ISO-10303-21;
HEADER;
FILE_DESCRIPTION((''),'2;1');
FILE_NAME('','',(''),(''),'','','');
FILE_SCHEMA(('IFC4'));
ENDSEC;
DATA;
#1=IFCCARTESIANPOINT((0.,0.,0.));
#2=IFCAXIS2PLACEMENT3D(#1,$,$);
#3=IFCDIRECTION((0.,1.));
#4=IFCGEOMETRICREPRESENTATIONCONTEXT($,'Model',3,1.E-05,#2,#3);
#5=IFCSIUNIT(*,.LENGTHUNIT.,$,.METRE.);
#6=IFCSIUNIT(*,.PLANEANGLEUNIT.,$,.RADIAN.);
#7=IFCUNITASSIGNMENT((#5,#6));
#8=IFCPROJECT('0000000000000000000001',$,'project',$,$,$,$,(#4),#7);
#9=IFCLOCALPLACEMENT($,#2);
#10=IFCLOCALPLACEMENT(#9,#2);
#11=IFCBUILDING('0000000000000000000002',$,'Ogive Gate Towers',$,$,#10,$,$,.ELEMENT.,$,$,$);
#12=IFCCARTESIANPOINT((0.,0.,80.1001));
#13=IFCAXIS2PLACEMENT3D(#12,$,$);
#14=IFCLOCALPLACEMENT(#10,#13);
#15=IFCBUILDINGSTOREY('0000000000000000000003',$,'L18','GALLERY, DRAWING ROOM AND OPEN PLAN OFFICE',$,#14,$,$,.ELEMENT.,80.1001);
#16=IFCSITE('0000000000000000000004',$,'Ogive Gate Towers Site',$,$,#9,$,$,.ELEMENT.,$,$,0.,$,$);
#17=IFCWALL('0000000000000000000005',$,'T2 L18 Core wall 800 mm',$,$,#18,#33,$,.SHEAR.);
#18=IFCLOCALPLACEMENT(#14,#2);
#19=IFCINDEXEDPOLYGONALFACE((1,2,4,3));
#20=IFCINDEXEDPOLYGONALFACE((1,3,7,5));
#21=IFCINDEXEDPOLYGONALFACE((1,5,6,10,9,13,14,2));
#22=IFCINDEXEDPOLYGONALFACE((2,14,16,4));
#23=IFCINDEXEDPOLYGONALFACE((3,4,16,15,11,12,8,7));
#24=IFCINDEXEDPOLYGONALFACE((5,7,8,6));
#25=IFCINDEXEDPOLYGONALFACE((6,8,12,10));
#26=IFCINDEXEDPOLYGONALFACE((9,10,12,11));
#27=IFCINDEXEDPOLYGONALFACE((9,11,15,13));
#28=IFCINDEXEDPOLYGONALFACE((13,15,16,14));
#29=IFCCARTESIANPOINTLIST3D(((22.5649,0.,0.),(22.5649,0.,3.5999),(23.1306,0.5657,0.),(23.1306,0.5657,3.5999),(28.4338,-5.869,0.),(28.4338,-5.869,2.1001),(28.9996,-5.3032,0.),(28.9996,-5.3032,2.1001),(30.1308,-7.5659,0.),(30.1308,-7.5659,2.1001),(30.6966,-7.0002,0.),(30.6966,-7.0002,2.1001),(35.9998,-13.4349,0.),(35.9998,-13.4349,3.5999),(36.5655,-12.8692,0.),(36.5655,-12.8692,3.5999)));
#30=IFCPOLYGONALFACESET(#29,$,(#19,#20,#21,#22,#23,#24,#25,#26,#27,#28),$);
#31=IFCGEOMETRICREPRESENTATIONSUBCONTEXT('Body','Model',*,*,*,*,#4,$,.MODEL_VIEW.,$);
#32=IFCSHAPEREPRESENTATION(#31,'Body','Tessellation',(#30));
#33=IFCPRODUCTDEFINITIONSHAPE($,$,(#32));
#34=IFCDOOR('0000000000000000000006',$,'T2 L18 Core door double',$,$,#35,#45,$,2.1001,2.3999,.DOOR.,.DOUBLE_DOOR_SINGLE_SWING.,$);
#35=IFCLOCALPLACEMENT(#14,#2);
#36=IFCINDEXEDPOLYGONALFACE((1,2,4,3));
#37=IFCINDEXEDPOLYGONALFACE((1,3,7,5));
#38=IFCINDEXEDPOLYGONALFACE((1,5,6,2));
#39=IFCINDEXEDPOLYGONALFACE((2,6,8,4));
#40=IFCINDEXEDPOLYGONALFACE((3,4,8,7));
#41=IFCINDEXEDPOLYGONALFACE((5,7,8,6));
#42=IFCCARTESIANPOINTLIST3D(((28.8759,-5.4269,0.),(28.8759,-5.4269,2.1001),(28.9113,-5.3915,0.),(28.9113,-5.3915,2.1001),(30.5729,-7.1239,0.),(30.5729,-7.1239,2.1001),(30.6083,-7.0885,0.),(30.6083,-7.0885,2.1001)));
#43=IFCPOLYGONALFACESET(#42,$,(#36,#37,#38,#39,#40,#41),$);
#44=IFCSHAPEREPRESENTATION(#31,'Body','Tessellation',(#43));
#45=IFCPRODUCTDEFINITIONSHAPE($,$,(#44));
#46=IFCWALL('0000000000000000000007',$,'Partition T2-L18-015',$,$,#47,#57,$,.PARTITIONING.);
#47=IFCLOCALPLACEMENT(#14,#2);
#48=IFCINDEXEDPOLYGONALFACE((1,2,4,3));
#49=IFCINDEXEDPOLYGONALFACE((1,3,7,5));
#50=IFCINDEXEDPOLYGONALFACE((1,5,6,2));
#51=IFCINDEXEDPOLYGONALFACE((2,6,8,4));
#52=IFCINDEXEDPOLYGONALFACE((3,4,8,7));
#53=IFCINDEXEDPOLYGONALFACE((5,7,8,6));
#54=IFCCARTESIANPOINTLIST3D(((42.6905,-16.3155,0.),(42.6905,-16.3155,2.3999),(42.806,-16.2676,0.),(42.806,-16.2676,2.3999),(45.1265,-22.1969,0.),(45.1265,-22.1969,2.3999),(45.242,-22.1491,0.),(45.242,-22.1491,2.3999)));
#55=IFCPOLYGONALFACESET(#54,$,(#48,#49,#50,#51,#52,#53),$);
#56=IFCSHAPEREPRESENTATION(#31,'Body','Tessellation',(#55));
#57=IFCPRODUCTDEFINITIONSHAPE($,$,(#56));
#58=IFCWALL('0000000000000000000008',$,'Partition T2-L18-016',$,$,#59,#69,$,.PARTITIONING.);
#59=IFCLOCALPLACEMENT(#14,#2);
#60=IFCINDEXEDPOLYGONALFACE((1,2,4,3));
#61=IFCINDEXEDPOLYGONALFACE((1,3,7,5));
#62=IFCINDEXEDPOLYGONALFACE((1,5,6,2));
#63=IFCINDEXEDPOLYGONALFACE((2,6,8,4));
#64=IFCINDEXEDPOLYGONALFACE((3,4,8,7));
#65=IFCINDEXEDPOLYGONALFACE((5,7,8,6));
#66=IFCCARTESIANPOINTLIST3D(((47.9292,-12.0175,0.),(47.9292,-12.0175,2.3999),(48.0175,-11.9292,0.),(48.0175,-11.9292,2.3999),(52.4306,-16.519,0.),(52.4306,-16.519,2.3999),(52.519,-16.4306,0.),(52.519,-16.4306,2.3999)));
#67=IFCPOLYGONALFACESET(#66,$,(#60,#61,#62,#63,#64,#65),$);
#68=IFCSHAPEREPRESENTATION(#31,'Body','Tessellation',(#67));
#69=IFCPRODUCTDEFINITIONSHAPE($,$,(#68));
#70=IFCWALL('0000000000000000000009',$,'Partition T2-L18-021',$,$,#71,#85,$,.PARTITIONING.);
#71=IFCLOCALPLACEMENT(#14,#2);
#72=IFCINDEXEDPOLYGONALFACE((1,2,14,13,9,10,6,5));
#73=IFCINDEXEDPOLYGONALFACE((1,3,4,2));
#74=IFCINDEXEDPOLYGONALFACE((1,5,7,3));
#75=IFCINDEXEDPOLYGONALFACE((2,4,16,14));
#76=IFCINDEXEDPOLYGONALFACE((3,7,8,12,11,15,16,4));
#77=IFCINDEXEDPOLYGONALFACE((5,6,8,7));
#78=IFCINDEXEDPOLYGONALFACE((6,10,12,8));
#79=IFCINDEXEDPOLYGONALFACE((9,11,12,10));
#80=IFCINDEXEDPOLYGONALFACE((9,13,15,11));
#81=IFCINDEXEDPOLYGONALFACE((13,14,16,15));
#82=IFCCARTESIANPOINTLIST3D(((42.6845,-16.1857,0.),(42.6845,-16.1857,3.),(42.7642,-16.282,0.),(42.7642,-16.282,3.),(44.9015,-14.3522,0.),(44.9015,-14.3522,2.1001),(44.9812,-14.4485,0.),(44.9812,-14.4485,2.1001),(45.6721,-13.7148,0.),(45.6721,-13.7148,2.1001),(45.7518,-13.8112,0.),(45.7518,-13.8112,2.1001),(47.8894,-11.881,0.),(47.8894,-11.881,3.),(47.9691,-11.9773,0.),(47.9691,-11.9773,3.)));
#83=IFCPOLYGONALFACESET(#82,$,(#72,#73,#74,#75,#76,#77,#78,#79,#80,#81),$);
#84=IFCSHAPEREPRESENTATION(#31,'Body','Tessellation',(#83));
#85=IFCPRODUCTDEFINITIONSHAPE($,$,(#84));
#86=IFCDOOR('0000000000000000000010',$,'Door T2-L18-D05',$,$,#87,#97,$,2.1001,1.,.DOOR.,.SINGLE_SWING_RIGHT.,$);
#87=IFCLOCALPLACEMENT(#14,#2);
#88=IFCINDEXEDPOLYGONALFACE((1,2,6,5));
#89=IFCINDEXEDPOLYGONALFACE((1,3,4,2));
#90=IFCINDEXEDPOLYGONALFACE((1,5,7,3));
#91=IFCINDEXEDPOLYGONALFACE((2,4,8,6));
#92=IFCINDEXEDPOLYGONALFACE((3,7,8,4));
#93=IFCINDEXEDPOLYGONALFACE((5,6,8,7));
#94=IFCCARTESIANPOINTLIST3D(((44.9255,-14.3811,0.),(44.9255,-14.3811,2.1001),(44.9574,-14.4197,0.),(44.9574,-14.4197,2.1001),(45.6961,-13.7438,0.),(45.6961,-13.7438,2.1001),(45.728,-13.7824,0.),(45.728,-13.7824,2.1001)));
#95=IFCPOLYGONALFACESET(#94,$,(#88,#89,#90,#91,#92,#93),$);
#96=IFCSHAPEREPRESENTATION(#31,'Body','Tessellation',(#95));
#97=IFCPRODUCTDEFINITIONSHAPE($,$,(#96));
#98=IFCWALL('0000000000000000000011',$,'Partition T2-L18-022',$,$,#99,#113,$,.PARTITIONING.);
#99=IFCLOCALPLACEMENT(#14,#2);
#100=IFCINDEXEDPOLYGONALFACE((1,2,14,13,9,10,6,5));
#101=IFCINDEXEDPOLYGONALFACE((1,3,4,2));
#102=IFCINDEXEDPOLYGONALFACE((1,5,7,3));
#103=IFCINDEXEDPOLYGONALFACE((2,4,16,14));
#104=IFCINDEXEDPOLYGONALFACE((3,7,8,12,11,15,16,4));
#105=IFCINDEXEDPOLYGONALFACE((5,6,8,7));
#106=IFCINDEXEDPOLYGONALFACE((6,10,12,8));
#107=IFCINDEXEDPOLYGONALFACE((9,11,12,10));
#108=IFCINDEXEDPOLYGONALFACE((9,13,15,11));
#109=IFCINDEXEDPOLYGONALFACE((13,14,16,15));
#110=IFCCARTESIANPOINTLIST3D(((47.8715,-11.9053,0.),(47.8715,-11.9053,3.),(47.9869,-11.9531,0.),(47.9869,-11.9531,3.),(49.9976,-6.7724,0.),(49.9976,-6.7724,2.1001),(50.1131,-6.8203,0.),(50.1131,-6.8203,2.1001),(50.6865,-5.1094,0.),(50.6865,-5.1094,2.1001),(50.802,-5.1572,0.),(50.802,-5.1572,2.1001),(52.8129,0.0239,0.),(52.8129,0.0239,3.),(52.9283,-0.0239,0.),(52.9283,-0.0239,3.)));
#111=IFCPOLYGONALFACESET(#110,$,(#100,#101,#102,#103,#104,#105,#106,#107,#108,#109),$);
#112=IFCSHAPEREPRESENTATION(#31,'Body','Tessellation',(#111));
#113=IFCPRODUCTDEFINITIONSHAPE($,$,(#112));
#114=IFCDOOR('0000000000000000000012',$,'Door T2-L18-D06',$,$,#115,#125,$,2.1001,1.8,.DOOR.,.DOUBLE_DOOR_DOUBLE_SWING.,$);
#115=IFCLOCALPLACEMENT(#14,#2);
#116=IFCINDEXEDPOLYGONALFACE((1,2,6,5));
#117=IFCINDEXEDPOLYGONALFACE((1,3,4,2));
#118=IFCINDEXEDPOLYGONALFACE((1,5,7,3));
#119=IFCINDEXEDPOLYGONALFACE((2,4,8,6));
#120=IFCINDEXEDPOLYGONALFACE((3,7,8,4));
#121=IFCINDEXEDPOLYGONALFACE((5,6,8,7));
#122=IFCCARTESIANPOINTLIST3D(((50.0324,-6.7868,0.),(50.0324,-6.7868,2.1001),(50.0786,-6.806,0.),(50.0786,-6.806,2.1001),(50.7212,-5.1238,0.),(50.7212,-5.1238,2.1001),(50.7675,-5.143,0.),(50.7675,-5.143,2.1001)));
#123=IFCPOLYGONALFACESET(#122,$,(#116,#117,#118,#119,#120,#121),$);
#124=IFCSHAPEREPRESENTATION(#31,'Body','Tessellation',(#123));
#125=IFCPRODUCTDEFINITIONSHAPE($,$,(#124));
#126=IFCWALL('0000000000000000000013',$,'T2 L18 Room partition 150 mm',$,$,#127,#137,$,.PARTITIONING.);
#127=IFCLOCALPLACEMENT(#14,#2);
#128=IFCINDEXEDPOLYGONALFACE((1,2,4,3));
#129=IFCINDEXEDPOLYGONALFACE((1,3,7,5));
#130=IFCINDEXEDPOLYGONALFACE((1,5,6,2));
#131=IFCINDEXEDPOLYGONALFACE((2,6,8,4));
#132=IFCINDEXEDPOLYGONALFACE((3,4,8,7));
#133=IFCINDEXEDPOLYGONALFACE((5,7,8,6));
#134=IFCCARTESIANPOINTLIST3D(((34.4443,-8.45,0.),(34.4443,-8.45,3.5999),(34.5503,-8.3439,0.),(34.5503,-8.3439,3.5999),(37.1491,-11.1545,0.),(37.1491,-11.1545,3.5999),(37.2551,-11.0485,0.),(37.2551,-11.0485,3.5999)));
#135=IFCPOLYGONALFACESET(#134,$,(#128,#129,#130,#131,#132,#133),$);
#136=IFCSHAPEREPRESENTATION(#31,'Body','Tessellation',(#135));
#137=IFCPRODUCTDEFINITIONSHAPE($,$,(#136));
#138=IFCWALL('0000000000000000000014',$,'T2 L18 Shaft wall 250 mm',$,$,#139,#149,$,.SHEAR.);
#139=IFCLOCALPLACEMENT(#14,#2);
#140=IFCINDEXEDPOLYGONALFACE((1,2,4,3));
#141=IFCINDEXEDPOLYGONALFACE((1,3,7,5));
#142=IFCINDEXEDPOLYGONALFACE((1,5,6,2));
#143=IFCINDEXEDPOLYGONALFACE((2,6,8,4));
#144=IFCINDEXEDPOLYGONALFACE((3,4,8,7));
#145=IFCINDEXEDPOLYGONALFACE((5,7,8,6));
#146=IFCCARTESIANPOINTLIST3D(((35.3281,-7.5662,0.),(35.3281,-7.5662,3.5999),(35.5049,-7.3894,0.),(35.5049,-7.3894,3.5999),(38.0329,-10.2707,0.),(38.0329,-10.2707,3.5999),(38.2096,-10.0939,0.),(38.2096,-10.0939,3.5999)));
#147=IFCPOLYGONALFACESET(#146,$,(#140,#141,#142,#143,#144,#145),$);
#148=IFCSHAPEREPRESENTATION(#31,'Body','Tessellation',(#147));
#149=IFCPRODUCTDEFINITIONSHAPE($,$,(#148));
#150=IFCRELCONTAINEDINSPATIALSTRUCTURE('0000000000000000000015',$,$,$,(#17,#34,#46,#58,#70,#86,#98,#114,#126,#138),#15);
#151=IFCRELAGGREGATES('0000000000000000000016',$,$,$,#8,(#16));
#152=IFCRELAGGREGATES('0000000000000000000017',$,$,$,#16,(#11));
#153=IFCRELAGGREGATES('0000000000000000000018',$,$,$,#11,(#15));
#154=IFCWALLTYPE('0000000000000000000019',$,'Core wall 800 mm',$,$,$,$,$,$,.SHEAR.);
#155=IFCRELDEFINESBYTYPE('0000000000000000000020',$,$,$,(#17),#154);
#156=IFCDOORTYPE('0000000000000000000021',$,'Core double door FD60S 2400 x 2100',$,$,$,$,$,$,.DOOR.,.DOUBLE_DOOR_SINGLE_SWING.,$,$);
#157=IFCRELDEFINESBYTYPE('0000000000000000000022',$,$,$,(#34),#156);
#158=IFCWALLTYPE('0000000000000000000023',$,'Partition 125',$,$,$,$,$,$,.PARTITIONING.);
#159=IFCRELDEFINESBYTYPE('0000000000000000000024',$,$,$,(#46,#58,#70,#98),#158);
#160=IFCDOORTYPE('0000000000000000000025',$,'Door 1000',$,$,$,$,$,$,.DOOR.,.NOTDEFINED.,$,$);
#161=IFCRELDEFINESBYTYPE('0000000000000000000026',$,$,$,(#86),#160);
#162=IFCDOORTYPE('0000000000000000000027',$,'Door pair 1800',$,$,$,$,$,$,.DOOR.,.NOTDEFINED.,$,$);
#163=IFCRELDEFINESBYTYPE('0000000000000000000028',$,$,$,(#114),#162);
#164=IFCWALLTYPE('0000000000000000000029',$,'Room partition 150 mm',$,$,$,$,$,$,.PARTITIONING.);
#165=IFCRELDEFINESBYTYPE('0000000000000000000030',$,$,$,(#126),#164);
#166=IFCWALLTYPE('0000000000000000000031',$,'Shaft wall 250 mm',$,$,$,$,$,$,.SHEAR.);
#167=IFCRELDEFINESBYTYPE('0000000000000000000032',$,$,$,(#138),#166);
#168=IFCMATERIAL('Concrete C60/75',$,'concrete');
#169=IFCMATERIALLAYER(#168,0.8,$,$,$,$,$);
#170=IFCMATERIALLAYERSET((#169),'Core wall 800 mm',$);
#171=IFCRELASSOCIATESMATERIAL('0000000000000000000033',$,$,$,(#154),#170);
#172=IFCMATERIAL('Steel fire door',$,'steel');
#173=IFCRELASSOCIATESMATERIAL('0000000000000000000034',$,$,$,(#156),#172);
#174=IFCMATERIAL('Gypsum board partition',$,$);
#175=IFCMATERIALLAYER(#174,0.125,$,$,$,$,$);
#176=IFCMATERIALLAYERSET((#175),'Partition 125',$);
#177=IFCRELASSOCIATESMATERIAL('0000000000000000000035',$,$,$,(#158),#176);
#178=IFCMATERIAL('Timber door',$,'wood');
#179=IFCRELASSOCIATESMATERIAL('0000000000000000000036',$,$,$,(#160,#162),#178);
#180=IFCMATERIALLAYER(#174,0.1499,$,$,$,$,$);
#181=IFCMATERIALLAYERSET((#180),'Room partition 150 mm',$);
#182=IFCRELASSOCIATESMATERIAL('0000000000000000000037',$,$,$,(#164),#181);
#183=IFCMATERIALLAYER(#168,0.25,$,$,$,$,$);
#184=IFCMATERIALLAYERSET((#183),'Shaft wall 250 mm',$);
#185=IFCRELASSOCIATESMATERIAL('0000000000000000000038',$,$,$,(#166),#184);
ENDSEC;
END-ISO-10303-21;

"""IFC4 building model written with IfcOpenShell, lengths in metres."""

from ifc_helpers import new_model, si_unit, direction, frame, frame_2d, origin, place, context, subcontext, project, spatial, rectangle, extrude, material, layer, layer_set, type_object, element, fill, save


model = new_model("IFC4")

# Units and contexts
model_context = context("Model", 3, precision=1e-05, world=origin(), true_north=direction((0.0, 1.0)))
body_context = subcontext(model_context, "Body", "Model", "MODEL_VIEW")
ifc_project = project(units=[si_unit("LENGTHUNIT", "METRE"), si_unit("PLANEANGLEUNIT", "RADIAN")], contexts=[model_context])

# Site, building, storey
site_placement = place(None, origin())
site = spatial("IfcSite", under=ifc_project, at=site_placement, Name="Ogive Gate Towers Site", CompositionType="ELEMENT", RefElevation=0.0)
building_placement = place(site_placement, origin())
building = spatial("IfcBuilding", under=site, at=building_placement, Name="Ogive Gate Towers", CompositionType="ELEMENT")
storey_placement = place(building_placement, frame((0.0, 0.0, 80.1001)))
storey = spatial("IfcBuildingStorey", under=building, at=storey_placement, Name="L18", Description="GALLERY, DRAWING ROOM AND OPEN PLAN OFFICE", CompositionType="ELEMENT", Elevation=80.1001)

# Shared definitions
ifc_material_1 = material(Name="Concrete C60/75", Category="concrete")
ifc_layer_1 = layer(ifc_material_1, 0.8)
ifc_layer_set_1 = layer_set([ifc_layer_1], Name="Core wall 800 mm")
wall_type_1 = type_object("IfcWallType", Name="Core wall 800 mm", PredefinedType="SHEAR", material=ifc_layer_set_1)
ifc_material_2 = material(Name="Timber door", Category="wood")
ifc_material_3 = material(Name="Steel fire door", Category="steel")

# Wall, opening, door
wall_1_placement = place(storey_placement, frame((36.2827, -13.1521, 0.0), z_axis=(0.0, 0.0, 1.0), x_axis=(-0.707107, 0.707107, 0.0)))
wall_1 = element("IfcWall", 1, at=wall_1_placement, inside=storey, type_object=wall_type_1, Name="T2 L18 Core wall 800 mm", PredefinedType="SHEAR", context=body_context, shape_type="SweptSolid", body=[
    extrude(rectangle(XDim=18.9998, YDim=0.8, at=frame_2d((9.5, 0.0))), origin(), (0.0, 0.0, 1.0), 3.5999),
])
opening_1_placement = place(wall_1_placement, frame((8.3, 0.0, 0.0)))
opening_1 = element("IfcOpeningElement", 2, at=opening_1_placement, cuts=wall_1, PredefinedType="OPENING", context=body_context, shape_type="SweptSolid", body=[
    extrude(rectangle(XDim=2.3999, YDim=2.1001, at=frame_2d((1.2, 1.05))), frame((0.0, 0.4102, 0.0), z_axis=(0.0, -1.0, 0.0), x_axis=(1.0, 0.0, 0.0)), (0.0, 0.0, 1.0), 0.8201),
])
door_type_1 = type_object("IfcDoorType", Name="Core double door FD60S 2400 x 2100", OperationType="DOUBLE_DOOR_SINGLE_SWING", PredefinedType="DOOR", material=ifc_material_3)
door_1_placement = place(opening_1_placement, origin())
door_1 = element("IfcDoor", 3, at=door_1_placement, inside=storey, type_object=door_type_1, Name="T2 L18 Core door double", OperationType="DOUBLE_DOOR_SINGLE_SWING", OverallHeight=2.1001, OverallWidth=2.3999, PredefinedType="DOOR", context=body_context, shape_type="SweptSolid", body=[
    extrude(rectangle(XDim=2.3999, YDim=2.1001, at=frame_2d((1.2, 1.05))), frame((0.0, -0.2251, 0.0), z_axis=(0.0, -1.0, 0.0), x_axis=(1.0, 0.0, 0.0)), (0.0, 0.0, 1.0), 0.05),
])
fill(opening_1, door_1)

# Walls
ifc_material_4 = material(Name="Gypsum board partition")
ifc_layer_2 = layer(ifc_material_4, 0.125)
ifc_layer_set_2 = layer_set([ifc_layer_2], Name="Partition 125")
wall_type_2 = type_object("IfcWallType", Name="Partition 125", PredefinedType="PARTITIONING", material=ifc_layer_set_2)
for number, where, z_axis, x_axis, name in (
    (4, (45.1843, -22.1731, 0.0), (0.0, 0.0, 1.0), (-0.38267, 0.923885, 0.0), "Partition T2-L18-015"),
    (5, (52.4749, -16.4749, 0.0), (0.0, 0.0, 1.0), (-0.707107, 0.707107, 0.0), "Partition T2-L18-016"),
):
    element("IfcWall", number, at=place(storey_placement, frame(where, z_axis=z_axis, x_axis=x_axis)), inside=storey, type_object=wall_type_2, Name=name, PredefinedType="PARTITIONING", context=body_context, shape_type="SweptSolid", body=[
        extrude(rectangle(XDim=6.366, YDim=0.125, at=frame_2d((3.1831, 0.0))), origin(), (0.0, 0.0, 1.0), 2.3999),
    ])

# Walls, openings, doors
wall_2_placement = place(storey_placement, frame((42.7244, -16.2339, 0.0), z_axis=(0.0, 0.0, 1.0), x_axis=(0.770595, 0.637325, 0.0)))
wall_2 = element("IfcWall", 6, at=wall_2_placement, inside=storey, type_object=wall_type_2, Name="Partition T2-L18-021", PredefinedType="PARTITIONING", context=body_context, shape_type="SweptSolid", body=[
    extrude(rectangle(XDim=6.7544, YDim=0.125, at=frame_2d((3.3772, 0.0))), origin(), (0.0, 0.0, 1.0), 3.0),
])
opening_2_placement = place(wall_2_placement, frame((2.877, 0.0, 0.0)))
opening_2 = element("IfcOpeningElement", 7, at=opening_2_placement, cuts=wall_2, PredefinedType="OPENING", context=body_context, shape_type="SweptSolid", body=[
    extrude(rectangle(XDim=1.0, YDim=2.1001, at=frame_2d((0.5, 1.05))), frame((0.0, 0.0725, 0.0), z_axis=(0.0, -1.0, 0.0), x_axis=(1.0, 0.0, 0.0)), (0.0, 0.0, 1.0), 0.145),
])
door_type_2 = type_object("IfcDoorType", Name="Door 1000", OperationType="NOTDEFINED", PredefinedType="DOOR", material=ifc_material_2)
door_2_placement = place(opening_2_placement, origin())
door_2 = element("IfcDoor", 8, at=door_2_placement, inside=storey, type_object=door_type_2, Name="Door T2-L18-D05", OperationType="SINGLE_SWING_RIGHT", OverallHeight=2.1001, OverallWidth=1.0, PredefinedType="DOOR", context=body_context, shape_type="SweptSolid", body=[
    extrude(rectangle(XDim=1.0, YDim=2.1001, at=frame_2d((0.5, 1.05))), frame((0.0, 0.0249, 0.0), z_axis=(0.0, -1.0, 0.0), x_axis=(1.0, 0.0, 0.0)), (0.0, 0.0, 1.0), 0.05),
])
fill(opening_2, door_2)
wall_3_placement = place(storey_placement, frame((47.9292, -11.9292, 0.0), z_axis=(0.0, 0.0, 1.0), x_axis=(0.382695, 0.923875, 0.0)))
wall_3 = element("IfcWall", 9, at=wall_3_placement, inside=storey, type_object=wall_type_2, Name="Partition T2-L18-022", PredefinedType="PARTITIONING", context=body_context, shape_type="SweptSolid", body=[
    extrude(rectangle(XDim=12.9121, YDim=0.125, at=frame_2d((6.4561, 0.0))), origin(), (0.0, 0.0, 1.0), 3.0),
])
opening_3_placement = place(wall_3_placement, frame((5.5559, 0.0, 0.0)))
opening_3 = element("IfcOpeningElement", 10, at=opening_3_placement, cuts=wall_3, PredefinedType="OPENING", context=body_context, shape_type="SweptSolid", body=[
    extrude(rectangle(XDim=1.8, YDim=2.1001, at=frame_2d((0.8999, 1.05))), frame((0.0, 0.0725, 0.0), z_axis=(0.0, -1.0, 0.0), x_axis=(1.0, 0.0, 0.0)), (0.0, 0.0, 1.0), 0.145),
])
door_type_3 = type_object("IfcDoorType", Name="Door pair 1800", OperationType="NOTDEFINED", PredefinedType="DOOR", material=ifc_material_2)
door_3_placement = place(opening_3_placement, origin())
door_3 = element("IfcDoor", 11, at=door_3_placement, inside=storey, type_object=door_type_3, Name="Door T2-L18-D06", OperationType="DOUBLE_DOOR_DOUBLE_SWING", OverallHeight=2.1001, OverallWidth=1.8, PredefinedType="DOOR", context=body_context, shape_type="SweptSolid", body=[
    extrude(rectangle(XDim=1.8, YDim=2.1001, at=frame_2d((0.8999, 1.05))), frame((0.0, 0.0249, 0.0), z_axis=(0.0, -1.0, 0.0), x_axis=(1.0, 0.0, 0.0)), (0.0, 0.0, 1.0), 0.05),
])
fill(opening_3, door_3)

# Walls
ifc_layer_3 = layer(ifc_material_4, 0.1499)
ifc_layer_set_3 = layer_set([ifc_layer_3], Name="Room partition 150 mm")
wall_type_3 = type_object("IfcWallType", Name="Room partition 150 mm", PredefinedType="PARTITIONING", material=ifc_layer_set_3)
wall_4_placement = place(storey_placement, frame((37.2021, -11.1016, 0.0), z_axis=(0.0, 0.0, 1.0), x_axis=(-0.707139, 0.707075, 0.0)))
element("IfcWall", 12, at=wall_4_placement, inside=storey, type_object=wall_type_3, Name="T2 L18 Room partition 150 mm", PredefinedType="PARTITIONING", context=body_context, shape_type="SweptSolid", body=[
    extrude(rectangle(XDim=3.825, YDim=0.1499, at=frame_2d((1.9126, 0.0))), origin(), (0.0, 0.0, 1.0), 3.5999),
])
ifc_layer_4 = layer(ifc_material_1, 0.25)
ifc_layer_set_4 = layer_set([ifc_layer_4], Name="Shaft wall 250 mm")
wall_type_4 = type_object("IfcWallType", Name="Shaft wall 250 mm", PredefinedType="SHEAR", material=ifc_layer_set_4)
wall_5_placement = place(storey_placement, frame((38.1213, -10.1824, 0.0), z_axis=(0.0, 0.0, 1.0), x_axis=(-0.707139, 0.707075, 0.0)))
element("IfcWall", 13, at=wall_5_placement, inside=storey, type_object=wall_type_4, Name="T2 L18 Shaft wall 250 mm", PredefinedType="SHEAR", context=body_context, shape_type="SweptSolid", body=[
    extrude(rectangle(XDim=3.825, YDim=0.25, at=frame_2d((1.9126, 0.0))), origin(), (0.0, 0.0, 1.0), 3.5999),
])

save(model, "model.ifc")
